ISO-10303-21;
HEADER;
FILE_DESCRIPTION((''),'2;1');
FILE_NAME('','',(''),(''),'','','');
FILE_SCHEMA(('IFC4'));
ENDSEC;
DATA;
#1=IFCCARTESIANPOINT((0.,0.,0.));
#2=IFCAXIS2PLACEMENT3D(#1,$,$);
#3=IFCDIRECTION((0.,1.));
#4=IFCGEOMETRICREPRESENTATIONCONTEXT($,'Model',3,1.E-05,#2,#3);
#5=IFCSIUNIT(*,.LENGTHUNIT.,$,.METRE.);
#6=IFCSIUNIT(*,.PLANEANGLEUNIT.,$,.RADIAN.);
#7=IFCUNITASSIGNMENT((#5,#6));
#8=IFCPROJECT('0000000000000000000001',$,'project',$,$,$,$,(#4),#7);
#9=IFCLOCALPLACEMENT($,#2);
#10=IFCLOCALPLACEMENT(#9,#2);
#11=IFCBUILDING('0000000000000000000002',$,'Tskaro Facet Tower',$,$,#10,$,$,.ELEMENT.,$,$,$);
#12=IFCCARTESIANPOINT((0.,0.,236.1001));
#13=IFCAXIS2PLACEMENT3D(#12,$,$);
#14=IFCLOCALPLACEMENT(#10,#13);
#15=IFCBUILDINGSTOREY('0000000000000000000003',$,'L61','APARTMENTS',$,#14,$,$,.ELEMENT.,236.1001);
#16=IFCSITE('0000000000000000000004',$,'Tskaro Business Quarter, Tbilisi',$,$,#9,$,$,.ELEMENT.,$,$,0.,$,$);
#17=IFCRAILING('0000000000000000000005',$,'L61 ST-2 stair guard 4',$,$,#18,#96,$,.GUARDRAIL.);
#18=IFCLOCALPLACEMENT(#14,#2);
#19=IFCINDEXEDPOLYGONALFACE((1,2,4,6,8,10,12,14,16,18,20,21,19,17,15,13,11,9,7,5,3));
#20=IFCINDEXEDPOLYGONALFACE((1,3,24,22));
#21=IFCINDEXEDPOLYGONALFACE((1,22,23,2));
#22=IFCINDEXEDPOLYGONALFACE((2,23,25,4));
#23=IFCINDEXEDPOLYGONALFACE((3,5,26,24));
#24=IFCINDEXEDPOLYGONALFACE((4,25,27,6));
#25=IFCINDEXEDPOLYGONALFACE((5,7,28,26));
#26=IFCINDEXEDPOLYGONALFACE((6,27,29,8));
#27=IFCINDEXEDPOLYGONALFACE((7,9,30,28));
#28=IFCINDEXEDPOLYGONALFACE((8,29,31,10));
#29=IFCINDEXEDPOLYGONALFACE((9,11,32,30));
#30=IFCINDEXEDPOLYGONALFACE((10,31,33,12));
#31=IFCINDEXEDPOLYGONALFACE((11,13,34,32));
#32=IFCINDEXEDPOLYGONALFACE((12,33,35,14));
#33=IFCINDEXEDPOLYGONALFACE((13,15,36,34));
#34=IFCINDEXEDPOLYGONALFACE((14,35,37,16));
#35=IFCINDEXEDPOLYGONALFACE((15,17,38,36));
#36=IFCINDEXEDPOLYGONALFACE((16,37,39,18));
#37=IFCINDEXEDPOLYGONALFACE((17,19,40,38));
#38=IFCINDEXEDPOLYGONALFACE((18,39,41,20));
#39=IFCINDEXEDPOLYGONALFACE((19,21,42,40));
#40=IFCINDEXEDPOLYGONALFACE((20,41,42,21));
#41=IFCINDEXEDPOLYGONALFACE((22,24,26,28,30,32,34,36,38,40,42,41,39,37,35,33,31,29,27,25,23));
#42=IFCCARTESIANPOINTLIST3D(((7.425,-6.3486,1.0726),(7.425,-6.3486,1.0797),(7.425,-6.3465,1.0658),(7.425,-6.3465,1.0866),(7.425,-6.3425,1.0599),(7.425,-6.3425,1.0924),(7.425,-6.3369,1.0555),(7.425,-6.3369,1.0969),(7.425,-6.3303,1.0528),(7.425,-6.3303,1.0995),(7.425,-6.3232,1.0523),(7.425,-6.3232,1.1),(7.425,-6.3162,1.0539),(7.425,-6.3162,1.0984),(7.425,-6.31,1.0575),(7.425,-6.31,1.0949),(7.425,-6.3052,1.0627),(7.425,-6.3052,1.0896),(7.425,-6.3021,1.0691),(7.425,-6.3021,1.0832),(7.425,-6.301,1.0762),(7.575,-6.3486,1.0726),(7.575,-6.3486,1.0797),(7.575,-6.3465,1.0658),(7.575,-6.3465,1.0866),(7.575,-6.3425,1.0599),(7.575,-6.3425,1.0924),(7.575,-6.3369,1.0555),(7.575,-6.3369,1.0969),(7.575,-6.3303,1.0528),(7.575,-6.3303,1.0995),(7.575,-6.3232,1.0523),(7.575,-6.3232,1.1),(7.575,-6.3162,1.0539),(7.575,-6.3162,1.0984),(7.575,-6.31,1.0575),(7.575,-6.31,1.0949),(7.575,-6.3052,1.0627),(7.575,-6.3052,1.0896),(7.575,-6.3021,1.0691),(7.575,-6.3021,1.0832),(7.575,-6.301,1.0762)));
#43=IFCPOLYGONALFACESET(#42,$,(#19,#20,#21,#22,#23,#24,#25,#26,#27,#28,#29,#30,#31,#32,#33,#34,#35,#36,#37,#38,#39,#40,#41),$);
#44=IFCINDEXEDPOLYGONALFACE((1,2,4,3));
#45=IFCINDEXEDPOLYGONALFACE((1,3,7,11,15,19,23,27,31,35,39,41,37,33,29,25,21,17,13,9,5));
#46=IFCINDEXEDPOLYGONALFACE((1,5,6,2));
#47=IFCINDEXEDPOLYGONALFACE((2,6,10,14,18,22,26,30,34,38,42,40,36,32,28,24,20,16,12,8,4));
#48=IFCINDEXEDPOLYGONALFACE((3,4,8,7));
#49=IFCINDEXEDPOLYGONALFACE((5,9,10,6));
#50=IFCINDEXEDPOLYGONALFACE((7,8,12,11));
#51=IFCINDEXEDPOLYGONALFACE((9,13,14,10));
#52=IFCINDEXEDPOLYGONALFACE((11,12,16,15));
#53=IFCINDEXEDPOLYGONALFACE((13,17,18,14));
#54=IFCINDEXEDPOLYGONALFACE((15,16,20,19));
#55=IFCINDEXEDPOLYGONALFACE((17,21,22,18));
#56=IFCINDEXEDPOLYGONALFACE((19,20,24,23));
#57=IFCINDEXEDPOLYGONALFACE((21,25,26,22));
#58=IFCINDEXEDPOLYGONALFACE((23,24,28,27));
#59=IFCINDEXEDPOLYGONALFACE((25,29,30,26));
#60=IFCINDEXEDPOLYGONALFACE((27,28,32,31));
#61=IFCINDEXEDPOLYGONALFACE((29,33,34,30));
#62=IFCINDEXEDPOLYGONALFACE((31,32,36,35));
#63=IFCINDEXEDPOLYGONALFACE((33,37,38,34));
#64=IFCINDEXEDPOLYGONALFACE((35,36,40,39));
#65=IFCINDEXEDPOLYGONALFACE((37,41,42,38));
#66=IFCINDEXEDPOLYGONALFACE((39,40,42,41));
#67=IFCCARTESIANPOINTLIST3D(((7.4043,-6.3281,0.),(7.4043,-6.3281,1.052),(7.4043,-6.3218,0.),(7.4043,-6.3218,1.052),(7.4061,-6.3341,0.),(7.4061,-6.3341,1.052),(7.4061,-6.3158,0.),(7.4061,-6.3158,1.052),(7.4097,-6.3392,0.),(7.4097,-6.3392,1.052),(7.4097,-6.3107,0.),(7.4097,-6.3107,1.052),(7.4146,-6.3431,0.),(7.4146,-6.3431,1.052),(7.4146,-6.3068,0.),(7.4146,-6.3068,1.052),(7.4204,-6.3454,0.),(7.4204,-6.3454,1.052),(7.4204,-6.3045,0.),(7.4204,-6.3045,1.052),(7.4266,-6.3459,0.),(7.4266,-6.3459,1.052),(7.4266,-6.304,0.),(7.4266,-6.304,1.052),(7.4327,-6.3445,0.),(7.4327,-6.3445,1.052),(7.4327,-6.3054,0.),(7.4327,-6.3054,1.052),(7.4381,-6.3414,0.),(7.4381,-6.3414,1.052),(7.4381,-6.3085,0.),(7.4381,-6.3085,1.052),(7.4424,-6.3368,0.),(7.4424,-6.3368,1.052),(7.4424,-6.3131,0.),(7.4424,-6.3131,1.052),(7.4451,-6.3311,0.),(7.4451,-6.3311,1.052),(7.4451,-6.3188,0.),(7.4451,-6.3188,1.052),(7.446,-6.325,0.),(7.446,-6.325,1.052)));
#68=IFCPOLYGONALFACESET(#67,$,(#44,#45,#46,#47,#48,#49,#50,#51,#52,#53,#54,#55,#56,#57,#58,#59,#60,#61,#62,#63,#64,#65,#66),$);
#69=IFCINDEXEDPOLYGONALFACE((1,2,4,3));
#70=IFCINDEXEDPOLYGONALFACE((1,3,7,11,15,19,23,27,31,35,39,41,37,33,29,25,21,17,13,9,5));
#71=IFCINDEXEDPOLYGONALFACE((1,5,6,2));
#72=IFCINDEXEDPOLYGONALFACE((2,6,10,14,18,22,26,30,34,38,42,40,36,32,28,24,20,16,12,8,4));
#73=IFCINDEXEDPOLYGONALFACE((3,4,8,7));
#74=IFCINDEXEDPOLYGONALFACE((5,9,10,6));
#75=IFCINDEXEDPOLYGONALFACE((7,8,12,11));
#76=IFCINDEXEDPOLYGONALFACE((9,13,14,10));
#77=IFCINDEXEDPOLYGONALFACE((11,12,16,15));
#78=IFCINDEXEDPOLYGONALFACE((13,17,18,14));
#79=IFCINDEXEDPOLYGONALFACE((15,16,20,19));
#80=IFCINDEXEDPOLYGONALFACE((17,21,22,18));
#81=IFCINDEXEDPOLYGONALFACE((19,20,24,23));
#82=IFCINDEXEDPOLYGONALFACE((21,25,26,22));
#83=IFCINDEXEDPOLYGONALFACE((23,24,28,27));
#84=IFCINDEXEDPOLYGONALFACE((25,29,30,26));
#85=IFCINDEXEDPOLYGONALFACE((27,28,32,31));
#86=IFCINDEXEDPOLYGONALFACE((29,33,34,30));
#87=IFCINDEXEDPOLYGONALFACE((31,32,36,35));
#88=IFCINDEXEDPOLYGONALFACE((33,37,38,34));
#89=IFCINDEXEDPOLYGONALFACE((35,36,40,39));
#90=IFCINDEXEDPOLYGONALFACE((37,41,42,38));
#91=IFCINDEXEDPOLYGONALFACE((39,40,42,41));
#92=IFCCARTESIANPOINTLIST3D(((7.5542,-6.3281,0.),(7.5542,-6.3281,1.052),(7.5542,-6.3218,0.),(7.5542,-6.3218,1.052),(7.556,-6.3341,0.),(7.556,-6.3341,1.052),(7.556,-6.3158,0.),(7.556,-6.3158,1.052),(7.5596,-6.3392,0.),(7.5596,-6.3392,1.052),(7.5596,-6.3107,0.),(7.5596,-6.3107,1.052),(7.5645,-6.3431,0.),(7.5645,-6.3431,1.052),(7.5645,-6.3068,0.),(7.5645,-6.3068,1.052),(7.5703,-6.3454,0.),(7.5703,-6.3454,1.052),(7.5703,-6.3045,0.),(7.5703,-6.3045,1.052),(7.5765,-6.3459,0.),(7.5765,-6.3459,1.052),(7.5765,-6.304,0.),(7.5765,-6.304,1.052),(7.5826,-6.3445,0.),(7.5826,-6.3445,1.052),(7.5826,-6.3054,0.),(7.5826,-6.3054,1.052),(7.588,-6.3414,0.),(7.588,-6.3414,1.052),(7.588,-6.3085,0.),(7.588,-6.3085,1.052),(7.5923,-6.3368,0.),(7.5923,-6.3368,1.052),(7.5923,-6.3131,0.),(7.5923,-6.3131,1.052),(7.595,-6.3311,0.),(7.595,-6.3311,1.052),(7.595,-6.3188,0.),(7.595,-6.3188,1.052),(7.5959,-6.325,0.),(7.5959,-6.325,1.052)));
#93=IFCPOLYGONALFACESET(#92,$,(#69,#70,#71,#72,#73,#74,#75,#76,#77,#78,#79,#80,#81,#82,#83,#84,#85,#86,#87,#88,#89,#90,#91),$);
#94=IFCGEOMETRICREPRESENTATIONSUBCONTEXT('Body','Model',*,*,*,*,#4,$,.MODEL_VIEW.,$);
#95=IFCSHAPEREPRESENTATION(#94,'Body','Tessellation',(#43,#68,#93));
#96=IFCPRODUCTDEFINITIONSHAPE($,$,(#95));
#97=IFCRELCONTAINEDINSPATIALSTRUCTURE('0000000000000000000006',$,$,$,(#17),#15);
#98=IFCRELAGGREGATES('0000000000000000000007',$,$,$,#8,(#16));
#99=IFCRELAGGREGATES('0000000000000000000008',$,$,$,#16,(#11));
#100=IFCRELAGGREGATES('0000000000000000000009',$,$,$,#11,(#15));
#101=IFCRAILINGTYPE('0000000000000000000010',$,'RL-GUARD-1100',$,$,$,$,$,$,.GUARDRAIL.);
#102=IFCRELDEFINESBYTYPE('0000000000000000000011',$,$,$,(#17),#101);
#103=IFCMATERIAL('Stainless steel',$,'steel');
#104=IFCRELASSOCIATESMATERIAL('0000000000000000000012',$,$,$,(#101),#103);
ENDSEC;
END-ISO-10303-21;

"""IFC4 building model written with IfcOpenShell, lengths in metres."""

from ifc_helpers import new_model, si_unit, direction, frame, origin, origin_2d, place, context, subcontext, project, spatial, circle, extrude, material, type_object, element, save


model = new_model("IFC4")

# Units and contexts
model_context = context("Model", 3, precision=1e-05, world=origin(), true_north=direction((0.0, 1.0)))
body_context = subcontext(model_context, "Body", "Model", "MODEL_VIEW")
ifc_project = project(units=[si_unit("LENGTHUNIT", "METRE"), si_unit("PLANEANGLEUNIT", "RADIAN")], contexts=[model_context])

# Site, building, storey
site_placement = place(None, origin())
site = spatial("IfcSite", under=ifc_project, at=site_placement, Name="Tskaro Business Quarter, Tbilisi", CompositionType="ELEMENT", RefElevation=0.0)
building_placement = place(site_placement, origin())
building = spatial("IfcBuilding", under=site, at=building_placement, Name="Tskaro Facet Tower", CompositionType="ELEMENT")
storey_placement = place(building_placement, frame((0.0, 0.0, 236.1001)))
storey = spatial("IfcBuildingStorey", under=building, at=storey_placement, Name="L61", Description="APARTMENTS", CompositionType="ELEMENT", Elevation=236.1001)

# Shared definitions
ifc_material_1 = material(Name="Stainless steel", Category="steel")

# Railing
railing_type = type_object("IfcRailingType", Name="RL-GUARD-1100", PredefinedType="GUARDRAIL", material=ifc_material_1)
railing_1_placement = place(storey_placement, frame((7.425, -6.325, 0.0)))
element("IfcRailing", 1, at=railing_1_placement, inside=storey, type_object=railing_type, Name="L61 ST-2 stair guard 4", PredefinedType="GUARDRAIL", context=body_context, shape_type="SweptSolid", body=[
    extrude(circle(Radius=0.0239, at=origin_2d()), frame((0.0, 0.0, 1.0762), z_axis=(1.0, 0.0, 0.0), x_axis=(0.0, 1.0, 0.0)), (0.0, 0.0, 1.0), 0.1499),
    extrude(circle(Radius=0.021, at=origin_2d()), origin(), (0.0, 0.0, 1.0), 1.052),
    extrude(circle(Radius=0.021, at=origin_2d()), frame((0.1499, 0.0, 0.0)), (0.0, 0.0, 1.0), 1.052),
])

save(model, "model.ifc")
